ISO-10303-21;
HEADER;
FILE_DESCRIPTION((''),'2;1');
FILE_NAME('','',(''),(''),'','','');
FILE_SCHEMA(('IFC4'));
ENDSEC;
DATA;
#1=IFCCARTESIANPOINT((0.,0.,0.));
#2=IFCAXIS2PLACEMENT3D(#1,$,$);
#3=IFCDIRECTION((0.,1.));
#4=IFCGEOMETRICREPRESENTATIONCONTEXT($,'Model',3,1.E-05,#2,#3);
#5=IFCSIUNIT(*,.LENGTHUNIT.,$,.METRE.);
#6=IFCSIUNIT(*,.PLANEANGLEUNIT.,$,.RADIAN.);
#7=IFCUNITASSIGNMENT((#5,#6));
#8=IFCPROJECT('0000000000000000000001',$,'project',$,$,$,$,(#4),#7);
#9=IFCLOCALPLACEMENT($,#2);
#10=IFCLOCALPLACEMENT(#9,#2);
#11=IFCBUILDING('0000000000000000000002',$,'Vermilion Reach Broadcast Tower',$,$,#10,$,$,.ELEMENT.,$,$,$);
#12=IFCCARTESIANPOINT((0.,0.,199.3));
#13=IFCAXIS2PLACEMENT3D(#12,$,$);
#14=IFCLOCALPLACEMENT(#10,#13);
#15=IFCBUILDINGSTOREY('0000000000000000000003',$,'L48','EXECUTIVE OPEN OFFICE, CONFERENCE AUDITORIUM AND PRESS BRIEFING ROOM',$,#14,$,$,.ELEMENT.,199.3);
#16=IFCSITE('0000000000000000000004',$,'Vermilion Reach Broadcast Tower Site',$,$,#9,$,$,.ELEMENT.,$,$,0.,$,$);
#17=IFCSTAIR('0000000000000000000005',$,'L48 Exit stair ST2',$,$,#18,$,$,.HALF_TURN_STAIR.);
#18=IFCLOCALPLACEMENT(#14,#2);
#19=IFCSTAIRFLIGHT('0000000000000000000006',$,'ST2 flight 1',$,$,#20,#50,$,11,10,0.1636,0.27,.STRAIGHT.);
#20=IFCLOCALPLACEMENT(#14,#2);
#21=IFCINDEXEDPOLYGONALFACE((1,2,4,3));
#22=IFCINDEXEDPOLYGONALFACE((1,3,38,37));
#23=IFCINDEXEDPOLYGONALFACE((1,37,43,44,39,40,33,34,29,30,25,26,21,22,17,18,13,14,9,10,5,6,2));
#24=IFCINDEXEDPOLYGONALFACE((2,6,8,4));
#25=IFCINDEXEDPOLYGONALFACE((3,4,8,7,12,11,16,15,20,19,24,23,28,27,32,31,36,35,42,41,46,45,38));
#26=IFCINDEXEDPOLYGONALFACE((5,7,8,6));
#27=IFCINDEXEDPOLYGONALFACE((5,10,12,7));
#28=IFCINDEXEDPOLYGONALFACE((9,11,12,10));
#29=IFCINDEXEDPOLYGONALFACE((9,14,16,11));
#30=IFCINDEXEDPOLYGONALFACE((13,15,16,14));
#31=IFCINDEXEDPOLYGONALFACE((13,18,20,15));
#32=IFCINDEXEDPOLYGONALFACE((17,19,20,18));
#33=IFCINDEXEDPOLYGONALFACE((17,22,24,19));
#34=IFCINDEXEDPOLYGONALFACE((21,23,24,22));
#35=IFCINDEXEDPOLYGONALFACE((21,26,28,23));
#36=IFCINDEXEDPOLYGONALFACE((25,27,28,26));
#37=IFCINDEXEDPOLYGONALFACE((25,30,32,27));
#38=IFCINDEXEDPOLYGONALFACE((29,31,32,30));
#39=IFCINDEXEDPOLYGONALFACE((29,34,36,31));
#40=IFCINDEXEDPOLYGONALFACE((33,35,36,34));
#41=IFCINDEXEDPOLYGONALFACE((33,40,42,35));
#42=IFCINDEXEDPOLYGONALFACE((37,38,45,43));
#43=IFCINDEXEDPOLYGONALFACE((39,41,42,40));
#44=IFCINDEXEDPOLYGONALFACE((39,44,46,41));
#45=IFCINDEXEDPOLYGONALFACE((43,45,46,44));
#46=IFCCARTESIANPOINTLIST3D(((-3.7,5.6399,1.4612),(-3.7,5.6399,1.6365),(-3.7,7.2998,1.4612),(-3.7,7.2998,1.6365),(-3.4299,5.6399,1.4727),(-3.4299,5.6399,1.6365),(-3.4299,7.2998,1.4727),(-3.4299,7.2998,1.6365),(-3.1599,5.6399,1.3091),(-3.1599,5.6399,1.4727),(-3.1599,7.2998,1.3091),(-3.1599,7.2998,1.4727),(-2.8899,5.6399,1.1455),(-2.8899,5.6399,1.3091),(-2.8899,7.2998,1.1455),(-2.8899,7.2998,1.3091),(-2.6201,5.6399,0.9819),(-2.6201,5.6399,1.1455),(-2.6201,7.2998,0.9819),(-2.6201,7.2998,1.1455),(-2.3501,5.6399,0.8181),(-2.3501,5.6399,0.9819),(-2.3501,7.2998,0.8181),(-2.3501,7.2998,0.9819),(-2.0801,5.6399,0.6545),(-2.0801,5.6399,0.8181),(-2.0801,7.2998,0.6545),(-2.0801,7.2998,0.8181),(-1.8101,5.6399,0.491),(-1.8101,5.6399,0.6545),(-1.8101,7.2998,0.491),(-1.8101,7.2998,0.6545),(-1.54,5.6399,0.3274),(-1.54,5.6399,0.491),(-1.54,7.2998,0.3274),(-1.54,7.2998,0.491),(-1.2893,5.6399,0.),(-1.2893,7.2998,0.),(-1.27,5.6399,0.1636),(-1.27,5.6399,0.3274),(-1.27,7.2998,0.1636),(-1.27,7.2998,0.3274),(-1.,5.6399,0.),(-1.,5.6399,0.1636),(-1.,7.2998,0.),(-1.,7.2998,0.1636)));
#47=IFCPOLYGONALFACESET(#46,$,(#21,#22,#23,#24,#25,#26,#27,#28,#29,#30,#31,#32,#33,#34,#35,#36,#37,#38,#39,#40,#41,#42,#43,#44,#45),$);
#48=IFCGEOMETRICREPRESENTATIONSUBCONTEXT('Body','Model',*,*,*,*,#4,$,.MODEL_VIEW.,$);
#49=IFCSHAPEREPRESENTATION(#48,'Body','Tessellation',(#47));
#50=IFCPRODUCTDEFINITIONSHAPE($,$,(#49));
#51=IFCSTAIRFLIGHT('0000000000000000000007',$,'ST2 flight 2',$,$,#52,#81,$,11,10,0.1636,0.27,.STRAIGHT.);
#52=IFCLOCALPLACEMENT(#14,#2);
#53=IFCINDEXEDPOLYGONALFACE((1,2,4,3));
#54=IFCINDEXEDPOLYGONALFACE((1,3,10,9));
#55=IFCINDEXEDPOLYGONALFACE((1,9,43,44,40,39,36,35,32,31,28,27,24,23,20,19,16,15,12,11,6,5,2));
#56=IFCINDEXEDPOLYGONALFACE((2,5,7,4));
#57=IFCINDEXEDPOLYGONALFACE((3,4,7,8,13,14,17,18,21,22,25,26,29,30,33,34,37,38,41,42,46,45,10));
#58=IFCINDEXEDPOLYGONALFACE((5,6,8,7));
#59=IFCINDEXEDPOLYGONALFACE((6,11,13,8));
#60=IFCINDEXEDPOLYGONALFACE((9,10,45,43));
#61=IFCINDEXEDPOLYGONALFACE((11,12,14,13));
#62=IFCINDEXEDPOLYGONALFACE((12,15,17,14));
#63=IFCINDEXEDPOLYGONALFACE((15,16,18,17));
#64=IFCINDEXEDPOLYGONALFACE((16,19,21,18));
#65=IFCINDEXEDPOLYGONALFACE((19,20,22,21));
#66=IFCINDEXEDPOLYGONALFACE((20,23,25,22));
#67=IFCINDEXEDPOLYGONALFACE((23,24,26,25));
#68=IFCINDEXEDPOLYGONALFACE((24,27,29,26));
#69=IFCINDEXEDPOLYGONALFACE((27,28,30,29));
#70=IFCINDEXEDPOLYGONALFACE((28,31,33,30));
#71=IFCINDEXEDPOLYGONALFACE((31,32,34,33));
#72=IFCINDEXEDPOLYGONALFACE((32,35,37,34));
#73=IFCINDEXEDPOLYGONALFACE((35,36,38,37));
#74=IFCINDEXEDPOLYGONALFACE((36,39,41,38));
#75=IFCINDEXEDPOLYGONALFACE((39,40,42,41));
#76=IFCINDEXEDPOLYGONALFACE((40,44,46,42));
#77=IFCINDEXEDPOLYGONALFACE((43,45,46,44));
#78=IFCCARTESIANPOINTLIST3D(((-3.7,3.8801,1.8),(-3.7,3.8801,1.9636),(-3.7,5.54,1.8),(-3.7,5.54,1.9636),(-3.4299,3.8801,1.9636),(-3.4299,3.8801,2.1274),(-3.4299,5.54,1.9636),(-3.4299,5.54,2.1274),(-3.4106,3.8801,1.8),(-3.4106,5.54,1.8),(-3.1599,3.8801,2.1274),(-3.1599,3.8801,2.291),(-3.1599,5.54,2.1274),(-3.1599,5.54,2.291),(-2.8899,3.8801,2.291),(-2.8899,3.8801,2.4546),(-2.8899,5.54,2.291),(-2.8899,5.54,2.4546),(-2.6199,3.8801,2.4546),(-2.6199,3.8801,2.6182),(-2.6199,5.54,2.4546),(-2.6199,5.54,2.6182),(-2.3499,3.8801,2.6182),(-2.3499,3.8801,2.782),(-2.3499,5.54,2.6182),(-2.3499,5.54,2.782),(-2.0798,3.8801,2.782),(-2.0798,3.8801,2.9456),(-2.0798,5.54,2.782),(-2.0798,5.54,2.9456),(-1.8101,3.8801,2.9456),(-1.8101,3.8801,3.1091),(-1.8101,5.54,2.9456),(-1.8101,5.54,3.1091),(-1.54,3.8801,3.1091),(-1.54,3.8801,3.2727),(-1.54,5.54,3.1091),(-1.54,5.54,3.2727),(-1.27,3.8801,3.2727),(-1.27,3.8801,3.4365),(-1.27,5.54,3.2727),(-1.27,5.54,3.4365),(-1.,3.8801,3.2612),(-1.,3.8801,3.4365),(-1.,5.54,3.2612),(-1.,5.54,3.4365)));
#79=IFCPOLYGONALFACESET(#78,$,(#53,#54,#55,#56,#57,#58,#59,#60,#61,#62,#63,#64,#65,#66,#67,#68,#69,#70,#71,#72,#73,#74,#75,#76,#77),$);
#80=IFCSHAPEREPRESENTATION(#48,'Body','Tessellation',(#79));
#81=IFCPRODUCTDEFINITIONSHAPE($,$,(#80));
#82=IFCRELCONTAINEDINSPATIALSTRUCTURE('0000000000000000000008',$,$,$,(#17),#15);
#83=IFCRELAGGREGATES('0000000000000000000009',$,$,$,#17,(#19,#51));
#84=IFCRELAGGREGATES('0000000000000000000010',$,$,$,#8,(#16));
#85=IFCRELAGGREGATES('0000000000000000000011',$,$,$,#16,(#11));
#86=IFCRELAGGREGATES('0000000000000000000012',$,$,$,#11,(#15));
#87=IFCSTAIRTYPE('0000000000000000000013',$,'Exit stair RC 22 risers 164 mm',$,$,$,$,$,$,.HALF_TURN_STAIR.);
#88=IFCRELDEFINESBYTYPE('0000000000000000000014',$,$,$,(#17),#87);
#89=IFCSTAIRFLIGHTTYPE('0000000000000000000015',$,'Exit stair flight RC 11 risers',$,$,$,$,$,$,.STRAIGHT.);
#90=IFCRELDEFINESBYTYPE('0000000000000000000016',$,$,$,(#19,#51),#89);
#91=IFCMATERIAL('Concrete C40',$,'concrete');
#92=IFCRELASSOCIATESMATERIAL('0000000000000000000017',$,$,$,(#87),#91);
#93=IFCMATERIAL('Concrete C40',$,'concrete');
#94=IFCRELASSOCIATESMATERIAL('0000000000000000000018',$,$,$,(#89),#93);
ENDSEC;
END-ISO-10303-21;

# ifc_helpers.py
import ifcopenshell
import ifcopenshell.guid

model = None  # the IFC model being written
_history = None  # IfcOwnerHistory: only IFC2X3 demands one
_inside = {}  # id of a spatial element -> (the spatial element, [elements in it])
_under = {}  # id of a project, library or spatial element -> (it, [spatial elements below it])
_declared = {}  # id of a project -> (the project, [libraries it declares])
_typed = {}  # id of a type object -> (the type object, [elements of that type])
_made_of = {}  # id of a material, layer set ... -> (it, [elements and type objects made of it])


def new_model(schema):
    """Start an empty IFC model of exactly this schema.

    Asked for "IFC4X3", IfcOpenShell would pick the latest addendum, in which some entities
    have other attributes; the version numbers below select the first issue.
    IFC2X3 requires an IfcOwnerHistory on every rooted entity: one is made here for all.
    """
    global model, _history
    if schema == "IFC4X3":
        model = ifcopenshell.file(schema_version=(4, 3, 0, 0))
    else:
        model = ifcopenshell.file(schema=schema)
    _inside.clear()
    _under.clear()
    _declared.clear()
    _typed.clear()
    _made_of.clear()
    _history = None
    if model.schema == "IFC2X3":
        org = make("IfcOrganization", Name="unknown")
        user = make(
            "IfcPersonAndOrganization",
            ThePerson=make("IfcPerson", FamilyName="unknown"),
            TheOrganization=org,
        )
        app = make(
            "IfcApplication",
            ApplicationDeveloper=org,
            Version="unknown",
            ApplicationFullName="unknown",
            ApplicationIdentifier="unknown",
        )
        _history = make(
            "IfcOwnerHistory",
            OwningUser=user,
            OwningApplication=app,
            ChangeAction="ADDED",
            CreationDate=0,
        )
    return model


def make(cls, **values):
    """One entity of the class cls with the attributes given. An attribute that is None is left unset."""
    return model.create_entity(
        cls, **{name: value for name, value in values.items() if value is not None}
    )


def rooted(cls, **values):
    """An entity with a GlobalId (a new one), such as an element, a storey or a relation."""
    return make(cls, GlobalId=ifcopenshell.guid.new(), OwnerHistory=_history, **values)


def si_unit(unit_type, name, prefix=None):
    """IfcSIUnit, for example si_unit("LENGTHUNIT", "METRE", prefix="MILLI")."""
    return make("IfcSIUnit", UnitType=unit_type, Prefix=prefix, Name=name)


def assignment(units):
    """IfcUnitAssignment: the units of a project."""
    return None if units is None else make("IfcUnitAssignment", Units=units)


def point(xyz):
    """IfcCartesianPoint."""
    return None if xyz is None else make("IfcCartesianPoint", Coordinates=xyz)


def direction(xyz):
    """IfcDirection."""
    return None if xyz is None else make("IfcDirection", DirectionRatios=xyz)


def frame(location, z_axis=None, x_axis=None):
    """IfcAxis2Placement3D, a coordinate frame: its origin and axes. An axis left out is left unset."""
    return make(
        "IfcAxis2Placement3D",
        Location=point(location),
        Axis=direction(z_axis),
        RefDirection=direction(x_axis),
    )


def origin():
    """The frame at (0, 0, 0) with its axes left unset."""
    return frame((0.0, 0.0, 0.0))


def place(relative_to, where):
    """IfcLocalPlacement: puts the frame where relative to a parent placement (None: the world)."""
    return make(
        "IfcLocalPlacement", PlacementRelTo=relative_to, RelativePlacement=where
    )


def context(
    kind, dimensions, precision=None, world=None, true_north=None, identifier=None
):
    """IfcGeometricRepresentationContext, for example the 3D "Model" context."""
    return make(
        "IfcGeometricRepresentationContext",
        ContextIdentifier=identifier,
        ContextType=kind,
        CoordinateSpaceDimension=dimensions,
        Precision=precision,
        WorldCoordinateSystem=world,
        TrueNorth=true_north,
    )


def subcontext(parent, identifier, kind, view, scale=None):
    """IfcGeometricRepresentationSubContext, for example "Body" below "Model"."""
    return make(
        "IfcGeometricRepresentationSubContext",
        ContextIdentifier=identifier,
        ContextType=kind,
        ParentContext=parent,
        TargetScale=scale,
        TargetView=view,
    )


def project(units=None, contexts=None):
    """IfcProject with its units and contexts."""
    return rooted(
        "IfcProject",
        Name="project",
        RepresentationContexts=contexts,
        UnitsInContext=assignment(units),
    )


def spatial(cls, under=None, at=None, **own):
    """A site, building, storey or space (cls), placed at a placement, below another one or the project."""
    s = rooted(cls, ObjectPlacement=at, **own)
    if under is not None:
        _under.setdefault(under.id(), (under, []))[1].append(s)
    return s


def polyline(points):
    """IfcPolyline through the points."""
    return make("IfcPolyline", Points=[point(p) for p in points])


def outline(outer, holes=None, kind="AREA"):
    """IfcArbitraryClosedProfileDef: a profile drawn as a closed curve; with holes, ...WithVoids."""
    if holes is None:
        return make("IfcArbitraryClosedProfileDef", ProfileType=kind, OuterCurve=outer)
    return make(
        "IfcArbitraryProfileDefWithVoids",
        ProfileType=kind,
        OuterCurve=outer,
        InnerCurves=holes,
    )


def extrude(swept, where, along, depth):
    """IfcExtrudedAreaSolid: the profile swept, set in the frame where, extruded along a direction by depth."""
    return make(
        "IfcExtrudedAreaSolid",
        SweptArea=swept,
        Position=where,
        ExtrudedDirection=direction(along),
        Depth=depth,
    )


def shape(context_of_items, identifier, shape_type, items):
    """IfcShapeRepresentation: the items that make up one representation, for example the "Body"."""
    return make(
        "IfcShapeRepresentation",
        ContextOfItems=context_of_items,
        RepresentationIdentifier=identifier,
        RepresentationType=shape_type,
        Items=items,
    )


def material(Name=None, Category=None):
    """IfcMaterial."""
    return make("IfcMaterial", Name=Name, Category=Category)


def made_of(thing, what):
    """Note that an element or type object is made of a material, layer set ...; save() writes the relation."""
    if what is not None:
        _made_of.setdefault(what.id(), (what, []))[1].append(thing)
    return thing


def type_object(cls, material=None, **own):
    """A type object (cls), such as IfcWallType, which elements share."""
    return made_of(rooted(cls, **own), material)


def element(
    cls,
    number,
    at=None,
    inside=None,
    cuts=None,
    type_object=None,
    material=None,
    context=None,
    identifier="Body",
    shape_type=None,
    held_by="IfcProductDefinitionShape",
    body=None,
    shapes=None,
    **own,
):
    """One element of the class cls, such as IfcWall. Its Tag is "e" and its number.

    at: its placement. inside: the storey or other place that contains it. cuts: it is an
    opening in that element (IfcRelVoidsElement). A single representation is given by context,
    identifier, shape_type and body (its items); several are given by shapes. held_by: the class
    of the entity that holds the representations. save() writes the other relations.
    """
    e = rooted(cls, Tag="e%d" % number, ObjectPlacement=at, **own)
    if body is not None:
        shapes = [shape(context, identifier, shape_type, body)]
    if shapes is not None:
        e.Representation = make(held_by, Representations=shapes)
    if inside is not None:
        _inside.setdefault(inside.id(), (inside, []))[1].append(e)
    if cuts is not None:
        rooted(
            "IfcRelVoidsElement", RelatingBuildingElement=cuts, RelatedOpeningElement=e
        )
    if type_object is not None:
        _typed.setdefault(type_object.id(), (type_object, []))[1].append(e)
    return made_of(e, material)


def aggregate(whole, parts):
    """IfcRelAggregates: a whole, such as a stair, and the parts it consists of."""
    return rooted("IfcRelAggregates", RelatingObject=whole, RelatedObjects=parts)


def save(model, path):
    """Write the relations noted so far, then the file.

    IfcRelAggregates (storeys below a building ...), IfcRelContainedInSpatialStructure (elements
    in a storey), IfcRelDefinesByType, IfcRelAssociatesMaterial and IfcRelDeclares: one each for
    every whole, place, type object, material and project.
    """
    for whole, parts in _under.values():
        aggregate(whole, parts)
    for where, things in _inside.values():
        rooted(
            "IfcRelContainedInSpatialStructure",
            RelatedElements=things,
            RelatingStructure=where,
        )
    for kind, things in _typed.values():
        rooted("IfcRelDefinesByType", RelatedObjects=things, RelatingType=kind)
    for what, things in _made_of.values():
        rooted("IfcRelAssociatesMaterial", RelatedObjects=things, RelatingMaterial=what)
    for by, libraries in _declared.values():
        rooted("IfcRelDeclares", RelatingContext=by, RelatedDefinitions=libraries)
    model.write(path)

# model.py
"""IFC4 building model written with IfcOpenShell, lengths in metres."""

from ifc_helpers import new_model, si_unit, direction, frame, origin, place, context, subcontext, project, spatial, polyline, outline, extrude, material, type_object, element, aggregate, save


model = new_model("IFC4")

# Units and contexts
model_context = context("Model", 3, precision=1e-05, world=origin(), true_north=direction((0.0, 1.0)))
body_context = subcontext(model_context, "Body", "Model", "MODEL_VIEW")
ifc_project = project(units=[si_unit("LENGTHUNIT", "METRE"), si_unit("PLANEANGLEUNIT", "RADIAN")], contexts=[model_context])

# Site, building, storey
site_placement = place(None, origin())
site = spatial("IfcSite", under=ifc_project, at=site_placement, Name="Vermilion Reach Broadcast Tower Site", CompositionType="ELEMENT", RefElevation=0.0)
building_placement = place(site_placement, origin())
building = spatial("IfcBuilding", under=site, at=building_placement, Name="Vermilion Reach Broadcast Tower", CompositionType="ELEMENT")
storey_placement = place(building_placement, frame((0.0, 0.0, 199.3)))
storey = spatial("IfcBuildingStorey", under=building, at=storey_placement, Name="L48", Description="EXECUTIVE OPEN OFFICE, CONFERENCE AUDITORIUM AND PRESS BRIEFING ROOM", CompositionType="ELEMENT", Elevation=199.3)

# Shared definitions
ifc_material_1 = material(Name="Concrete C40", Category="concrete")
stair_type = type_object("IfcStairType", Name="Exit stair RC 22 risers 164 mm", PredefinedType="HALF_TURN_STAIR", material=ifc_material_1)
placement = place(storey_placement, origin())

# Stair, stair flights
stair_1 = element("IfcStair", 1, at=placement, inside=storey, type_object=stair_type, Name="L48 Exit stair ST2", PredefinedType="HALF_TURN_STAIR")
ifc_material_2 = material(Name="Concrete C40", Category="concrete")
stair_flight_type = type_object("IfcStairFlightType", Name="Exit stair flight RC 11 risers", PredefinedType="STRAIGHT", material=ifc_material_2)
stair_flight_1_placement = place(storey_placement, frame((-1.0, 6.47, 0.0), z_axis=(0.0, 0.0, 1.0), x_axis=(-1.0, 0.0, 0.0)))
stair_flight_1 = element("IfcStairFlight", 2, at=stair_flight_1_placement, type_object=stair_flight_type, Name="ST2 flight 1", NumberOfRisers=11, NumberOfTreads=10, PredefinedType="STRAIGHT", RiserHeight=0.1636, TreadLength=0.27, context=body_context, shape_type="SweptSolid", body=[
    extrude(outline(polyline([(0.0, 0.0), (0.0, 0.1636), (0.27, 0.1636), (0.27, 0.3274), (0.54, 0.3274), (0.54, 0.491), (0.8101, 0.491), (0.8101, 0.6545), (1.0801, 0.6545), (1.0801, 0.8181), (1.3501, 0.8181), (1.3501, 0.9819), (1.6201, 0.9819), (1.6201, 1.1455), (1.8899, 1.1455), (1.8899, 1.3091), (2.1599, 1.3091), (2.1599, 1.4727), (2.4299, 1.4727), (2.4299, 1.6365), (2.7, 1.6365), (2.7, 1.8), (2.7, 1.4612), (0.2893, 0.0), (0.0, 0.0)])), frame((0.0, 0.8301, 0.0), z_axis=(0.0, -1.0, 0.0), x_axis=(1.0, 0.0, 0.0)), (0.0, 0.0, 1.0), 1.6599),
])
stair_flight_2_placement = place(storey_placement, frame((-3.7, 4.71, 1.8), z_axis=(0.0, 0.0, 1.0), x_axis=(1.0, 0.0, 0.0)))
stair_flight_2 = element("IfcStairFlight", 3, at=stair_flight_2_placement, type_object=stair_flight_type, Name="ST2 flight 2", NumberOfRisers=11, NumberOfTreads=10, PredefinedType="STRAIGHT", RiserHeight=0.1636, TreadLength=0.27, context=body_context, shape_type="SweptSolid", body=[
    extrude(outline(polyline([(0.0, 0.0), (0.0, 0.1636), (0.27, 0.1636), (0.27, 0.3274), (0.54, 0.3274), (0.54, 0.491), (0.8101, 0.491), (0.8101, 0.6545), (1.0801, 0.6545), (1.0801, 0.8181), (1.3501, 0.8181), (1.3501, 0.9819), (1.6201, 0.9819), (1.6201, 1.1455), (1.8899, 1.1455), (1.8899, 1.3091), (2.1599, 1.3091), (2.1599, 1.4727), (2.4299, 1.4727), (2.4299, 1.6365), (2.7, 1.6365), (2.7, 1.8), (2.7, 1.4612), (0.2893, 0.0), (0.0, 0.0)])), frame((0.0, 0.8301, 0.0), z_axis=(0.0, -1.0, 0.0), x_axis=(1.0, 0.0, 0.0)), (0.0, 0.0, 1.0), 1.6599),
])
aggregate(stair_1, [stair_flight_1, stair_flight_2])

save(model, "model.ifc")
